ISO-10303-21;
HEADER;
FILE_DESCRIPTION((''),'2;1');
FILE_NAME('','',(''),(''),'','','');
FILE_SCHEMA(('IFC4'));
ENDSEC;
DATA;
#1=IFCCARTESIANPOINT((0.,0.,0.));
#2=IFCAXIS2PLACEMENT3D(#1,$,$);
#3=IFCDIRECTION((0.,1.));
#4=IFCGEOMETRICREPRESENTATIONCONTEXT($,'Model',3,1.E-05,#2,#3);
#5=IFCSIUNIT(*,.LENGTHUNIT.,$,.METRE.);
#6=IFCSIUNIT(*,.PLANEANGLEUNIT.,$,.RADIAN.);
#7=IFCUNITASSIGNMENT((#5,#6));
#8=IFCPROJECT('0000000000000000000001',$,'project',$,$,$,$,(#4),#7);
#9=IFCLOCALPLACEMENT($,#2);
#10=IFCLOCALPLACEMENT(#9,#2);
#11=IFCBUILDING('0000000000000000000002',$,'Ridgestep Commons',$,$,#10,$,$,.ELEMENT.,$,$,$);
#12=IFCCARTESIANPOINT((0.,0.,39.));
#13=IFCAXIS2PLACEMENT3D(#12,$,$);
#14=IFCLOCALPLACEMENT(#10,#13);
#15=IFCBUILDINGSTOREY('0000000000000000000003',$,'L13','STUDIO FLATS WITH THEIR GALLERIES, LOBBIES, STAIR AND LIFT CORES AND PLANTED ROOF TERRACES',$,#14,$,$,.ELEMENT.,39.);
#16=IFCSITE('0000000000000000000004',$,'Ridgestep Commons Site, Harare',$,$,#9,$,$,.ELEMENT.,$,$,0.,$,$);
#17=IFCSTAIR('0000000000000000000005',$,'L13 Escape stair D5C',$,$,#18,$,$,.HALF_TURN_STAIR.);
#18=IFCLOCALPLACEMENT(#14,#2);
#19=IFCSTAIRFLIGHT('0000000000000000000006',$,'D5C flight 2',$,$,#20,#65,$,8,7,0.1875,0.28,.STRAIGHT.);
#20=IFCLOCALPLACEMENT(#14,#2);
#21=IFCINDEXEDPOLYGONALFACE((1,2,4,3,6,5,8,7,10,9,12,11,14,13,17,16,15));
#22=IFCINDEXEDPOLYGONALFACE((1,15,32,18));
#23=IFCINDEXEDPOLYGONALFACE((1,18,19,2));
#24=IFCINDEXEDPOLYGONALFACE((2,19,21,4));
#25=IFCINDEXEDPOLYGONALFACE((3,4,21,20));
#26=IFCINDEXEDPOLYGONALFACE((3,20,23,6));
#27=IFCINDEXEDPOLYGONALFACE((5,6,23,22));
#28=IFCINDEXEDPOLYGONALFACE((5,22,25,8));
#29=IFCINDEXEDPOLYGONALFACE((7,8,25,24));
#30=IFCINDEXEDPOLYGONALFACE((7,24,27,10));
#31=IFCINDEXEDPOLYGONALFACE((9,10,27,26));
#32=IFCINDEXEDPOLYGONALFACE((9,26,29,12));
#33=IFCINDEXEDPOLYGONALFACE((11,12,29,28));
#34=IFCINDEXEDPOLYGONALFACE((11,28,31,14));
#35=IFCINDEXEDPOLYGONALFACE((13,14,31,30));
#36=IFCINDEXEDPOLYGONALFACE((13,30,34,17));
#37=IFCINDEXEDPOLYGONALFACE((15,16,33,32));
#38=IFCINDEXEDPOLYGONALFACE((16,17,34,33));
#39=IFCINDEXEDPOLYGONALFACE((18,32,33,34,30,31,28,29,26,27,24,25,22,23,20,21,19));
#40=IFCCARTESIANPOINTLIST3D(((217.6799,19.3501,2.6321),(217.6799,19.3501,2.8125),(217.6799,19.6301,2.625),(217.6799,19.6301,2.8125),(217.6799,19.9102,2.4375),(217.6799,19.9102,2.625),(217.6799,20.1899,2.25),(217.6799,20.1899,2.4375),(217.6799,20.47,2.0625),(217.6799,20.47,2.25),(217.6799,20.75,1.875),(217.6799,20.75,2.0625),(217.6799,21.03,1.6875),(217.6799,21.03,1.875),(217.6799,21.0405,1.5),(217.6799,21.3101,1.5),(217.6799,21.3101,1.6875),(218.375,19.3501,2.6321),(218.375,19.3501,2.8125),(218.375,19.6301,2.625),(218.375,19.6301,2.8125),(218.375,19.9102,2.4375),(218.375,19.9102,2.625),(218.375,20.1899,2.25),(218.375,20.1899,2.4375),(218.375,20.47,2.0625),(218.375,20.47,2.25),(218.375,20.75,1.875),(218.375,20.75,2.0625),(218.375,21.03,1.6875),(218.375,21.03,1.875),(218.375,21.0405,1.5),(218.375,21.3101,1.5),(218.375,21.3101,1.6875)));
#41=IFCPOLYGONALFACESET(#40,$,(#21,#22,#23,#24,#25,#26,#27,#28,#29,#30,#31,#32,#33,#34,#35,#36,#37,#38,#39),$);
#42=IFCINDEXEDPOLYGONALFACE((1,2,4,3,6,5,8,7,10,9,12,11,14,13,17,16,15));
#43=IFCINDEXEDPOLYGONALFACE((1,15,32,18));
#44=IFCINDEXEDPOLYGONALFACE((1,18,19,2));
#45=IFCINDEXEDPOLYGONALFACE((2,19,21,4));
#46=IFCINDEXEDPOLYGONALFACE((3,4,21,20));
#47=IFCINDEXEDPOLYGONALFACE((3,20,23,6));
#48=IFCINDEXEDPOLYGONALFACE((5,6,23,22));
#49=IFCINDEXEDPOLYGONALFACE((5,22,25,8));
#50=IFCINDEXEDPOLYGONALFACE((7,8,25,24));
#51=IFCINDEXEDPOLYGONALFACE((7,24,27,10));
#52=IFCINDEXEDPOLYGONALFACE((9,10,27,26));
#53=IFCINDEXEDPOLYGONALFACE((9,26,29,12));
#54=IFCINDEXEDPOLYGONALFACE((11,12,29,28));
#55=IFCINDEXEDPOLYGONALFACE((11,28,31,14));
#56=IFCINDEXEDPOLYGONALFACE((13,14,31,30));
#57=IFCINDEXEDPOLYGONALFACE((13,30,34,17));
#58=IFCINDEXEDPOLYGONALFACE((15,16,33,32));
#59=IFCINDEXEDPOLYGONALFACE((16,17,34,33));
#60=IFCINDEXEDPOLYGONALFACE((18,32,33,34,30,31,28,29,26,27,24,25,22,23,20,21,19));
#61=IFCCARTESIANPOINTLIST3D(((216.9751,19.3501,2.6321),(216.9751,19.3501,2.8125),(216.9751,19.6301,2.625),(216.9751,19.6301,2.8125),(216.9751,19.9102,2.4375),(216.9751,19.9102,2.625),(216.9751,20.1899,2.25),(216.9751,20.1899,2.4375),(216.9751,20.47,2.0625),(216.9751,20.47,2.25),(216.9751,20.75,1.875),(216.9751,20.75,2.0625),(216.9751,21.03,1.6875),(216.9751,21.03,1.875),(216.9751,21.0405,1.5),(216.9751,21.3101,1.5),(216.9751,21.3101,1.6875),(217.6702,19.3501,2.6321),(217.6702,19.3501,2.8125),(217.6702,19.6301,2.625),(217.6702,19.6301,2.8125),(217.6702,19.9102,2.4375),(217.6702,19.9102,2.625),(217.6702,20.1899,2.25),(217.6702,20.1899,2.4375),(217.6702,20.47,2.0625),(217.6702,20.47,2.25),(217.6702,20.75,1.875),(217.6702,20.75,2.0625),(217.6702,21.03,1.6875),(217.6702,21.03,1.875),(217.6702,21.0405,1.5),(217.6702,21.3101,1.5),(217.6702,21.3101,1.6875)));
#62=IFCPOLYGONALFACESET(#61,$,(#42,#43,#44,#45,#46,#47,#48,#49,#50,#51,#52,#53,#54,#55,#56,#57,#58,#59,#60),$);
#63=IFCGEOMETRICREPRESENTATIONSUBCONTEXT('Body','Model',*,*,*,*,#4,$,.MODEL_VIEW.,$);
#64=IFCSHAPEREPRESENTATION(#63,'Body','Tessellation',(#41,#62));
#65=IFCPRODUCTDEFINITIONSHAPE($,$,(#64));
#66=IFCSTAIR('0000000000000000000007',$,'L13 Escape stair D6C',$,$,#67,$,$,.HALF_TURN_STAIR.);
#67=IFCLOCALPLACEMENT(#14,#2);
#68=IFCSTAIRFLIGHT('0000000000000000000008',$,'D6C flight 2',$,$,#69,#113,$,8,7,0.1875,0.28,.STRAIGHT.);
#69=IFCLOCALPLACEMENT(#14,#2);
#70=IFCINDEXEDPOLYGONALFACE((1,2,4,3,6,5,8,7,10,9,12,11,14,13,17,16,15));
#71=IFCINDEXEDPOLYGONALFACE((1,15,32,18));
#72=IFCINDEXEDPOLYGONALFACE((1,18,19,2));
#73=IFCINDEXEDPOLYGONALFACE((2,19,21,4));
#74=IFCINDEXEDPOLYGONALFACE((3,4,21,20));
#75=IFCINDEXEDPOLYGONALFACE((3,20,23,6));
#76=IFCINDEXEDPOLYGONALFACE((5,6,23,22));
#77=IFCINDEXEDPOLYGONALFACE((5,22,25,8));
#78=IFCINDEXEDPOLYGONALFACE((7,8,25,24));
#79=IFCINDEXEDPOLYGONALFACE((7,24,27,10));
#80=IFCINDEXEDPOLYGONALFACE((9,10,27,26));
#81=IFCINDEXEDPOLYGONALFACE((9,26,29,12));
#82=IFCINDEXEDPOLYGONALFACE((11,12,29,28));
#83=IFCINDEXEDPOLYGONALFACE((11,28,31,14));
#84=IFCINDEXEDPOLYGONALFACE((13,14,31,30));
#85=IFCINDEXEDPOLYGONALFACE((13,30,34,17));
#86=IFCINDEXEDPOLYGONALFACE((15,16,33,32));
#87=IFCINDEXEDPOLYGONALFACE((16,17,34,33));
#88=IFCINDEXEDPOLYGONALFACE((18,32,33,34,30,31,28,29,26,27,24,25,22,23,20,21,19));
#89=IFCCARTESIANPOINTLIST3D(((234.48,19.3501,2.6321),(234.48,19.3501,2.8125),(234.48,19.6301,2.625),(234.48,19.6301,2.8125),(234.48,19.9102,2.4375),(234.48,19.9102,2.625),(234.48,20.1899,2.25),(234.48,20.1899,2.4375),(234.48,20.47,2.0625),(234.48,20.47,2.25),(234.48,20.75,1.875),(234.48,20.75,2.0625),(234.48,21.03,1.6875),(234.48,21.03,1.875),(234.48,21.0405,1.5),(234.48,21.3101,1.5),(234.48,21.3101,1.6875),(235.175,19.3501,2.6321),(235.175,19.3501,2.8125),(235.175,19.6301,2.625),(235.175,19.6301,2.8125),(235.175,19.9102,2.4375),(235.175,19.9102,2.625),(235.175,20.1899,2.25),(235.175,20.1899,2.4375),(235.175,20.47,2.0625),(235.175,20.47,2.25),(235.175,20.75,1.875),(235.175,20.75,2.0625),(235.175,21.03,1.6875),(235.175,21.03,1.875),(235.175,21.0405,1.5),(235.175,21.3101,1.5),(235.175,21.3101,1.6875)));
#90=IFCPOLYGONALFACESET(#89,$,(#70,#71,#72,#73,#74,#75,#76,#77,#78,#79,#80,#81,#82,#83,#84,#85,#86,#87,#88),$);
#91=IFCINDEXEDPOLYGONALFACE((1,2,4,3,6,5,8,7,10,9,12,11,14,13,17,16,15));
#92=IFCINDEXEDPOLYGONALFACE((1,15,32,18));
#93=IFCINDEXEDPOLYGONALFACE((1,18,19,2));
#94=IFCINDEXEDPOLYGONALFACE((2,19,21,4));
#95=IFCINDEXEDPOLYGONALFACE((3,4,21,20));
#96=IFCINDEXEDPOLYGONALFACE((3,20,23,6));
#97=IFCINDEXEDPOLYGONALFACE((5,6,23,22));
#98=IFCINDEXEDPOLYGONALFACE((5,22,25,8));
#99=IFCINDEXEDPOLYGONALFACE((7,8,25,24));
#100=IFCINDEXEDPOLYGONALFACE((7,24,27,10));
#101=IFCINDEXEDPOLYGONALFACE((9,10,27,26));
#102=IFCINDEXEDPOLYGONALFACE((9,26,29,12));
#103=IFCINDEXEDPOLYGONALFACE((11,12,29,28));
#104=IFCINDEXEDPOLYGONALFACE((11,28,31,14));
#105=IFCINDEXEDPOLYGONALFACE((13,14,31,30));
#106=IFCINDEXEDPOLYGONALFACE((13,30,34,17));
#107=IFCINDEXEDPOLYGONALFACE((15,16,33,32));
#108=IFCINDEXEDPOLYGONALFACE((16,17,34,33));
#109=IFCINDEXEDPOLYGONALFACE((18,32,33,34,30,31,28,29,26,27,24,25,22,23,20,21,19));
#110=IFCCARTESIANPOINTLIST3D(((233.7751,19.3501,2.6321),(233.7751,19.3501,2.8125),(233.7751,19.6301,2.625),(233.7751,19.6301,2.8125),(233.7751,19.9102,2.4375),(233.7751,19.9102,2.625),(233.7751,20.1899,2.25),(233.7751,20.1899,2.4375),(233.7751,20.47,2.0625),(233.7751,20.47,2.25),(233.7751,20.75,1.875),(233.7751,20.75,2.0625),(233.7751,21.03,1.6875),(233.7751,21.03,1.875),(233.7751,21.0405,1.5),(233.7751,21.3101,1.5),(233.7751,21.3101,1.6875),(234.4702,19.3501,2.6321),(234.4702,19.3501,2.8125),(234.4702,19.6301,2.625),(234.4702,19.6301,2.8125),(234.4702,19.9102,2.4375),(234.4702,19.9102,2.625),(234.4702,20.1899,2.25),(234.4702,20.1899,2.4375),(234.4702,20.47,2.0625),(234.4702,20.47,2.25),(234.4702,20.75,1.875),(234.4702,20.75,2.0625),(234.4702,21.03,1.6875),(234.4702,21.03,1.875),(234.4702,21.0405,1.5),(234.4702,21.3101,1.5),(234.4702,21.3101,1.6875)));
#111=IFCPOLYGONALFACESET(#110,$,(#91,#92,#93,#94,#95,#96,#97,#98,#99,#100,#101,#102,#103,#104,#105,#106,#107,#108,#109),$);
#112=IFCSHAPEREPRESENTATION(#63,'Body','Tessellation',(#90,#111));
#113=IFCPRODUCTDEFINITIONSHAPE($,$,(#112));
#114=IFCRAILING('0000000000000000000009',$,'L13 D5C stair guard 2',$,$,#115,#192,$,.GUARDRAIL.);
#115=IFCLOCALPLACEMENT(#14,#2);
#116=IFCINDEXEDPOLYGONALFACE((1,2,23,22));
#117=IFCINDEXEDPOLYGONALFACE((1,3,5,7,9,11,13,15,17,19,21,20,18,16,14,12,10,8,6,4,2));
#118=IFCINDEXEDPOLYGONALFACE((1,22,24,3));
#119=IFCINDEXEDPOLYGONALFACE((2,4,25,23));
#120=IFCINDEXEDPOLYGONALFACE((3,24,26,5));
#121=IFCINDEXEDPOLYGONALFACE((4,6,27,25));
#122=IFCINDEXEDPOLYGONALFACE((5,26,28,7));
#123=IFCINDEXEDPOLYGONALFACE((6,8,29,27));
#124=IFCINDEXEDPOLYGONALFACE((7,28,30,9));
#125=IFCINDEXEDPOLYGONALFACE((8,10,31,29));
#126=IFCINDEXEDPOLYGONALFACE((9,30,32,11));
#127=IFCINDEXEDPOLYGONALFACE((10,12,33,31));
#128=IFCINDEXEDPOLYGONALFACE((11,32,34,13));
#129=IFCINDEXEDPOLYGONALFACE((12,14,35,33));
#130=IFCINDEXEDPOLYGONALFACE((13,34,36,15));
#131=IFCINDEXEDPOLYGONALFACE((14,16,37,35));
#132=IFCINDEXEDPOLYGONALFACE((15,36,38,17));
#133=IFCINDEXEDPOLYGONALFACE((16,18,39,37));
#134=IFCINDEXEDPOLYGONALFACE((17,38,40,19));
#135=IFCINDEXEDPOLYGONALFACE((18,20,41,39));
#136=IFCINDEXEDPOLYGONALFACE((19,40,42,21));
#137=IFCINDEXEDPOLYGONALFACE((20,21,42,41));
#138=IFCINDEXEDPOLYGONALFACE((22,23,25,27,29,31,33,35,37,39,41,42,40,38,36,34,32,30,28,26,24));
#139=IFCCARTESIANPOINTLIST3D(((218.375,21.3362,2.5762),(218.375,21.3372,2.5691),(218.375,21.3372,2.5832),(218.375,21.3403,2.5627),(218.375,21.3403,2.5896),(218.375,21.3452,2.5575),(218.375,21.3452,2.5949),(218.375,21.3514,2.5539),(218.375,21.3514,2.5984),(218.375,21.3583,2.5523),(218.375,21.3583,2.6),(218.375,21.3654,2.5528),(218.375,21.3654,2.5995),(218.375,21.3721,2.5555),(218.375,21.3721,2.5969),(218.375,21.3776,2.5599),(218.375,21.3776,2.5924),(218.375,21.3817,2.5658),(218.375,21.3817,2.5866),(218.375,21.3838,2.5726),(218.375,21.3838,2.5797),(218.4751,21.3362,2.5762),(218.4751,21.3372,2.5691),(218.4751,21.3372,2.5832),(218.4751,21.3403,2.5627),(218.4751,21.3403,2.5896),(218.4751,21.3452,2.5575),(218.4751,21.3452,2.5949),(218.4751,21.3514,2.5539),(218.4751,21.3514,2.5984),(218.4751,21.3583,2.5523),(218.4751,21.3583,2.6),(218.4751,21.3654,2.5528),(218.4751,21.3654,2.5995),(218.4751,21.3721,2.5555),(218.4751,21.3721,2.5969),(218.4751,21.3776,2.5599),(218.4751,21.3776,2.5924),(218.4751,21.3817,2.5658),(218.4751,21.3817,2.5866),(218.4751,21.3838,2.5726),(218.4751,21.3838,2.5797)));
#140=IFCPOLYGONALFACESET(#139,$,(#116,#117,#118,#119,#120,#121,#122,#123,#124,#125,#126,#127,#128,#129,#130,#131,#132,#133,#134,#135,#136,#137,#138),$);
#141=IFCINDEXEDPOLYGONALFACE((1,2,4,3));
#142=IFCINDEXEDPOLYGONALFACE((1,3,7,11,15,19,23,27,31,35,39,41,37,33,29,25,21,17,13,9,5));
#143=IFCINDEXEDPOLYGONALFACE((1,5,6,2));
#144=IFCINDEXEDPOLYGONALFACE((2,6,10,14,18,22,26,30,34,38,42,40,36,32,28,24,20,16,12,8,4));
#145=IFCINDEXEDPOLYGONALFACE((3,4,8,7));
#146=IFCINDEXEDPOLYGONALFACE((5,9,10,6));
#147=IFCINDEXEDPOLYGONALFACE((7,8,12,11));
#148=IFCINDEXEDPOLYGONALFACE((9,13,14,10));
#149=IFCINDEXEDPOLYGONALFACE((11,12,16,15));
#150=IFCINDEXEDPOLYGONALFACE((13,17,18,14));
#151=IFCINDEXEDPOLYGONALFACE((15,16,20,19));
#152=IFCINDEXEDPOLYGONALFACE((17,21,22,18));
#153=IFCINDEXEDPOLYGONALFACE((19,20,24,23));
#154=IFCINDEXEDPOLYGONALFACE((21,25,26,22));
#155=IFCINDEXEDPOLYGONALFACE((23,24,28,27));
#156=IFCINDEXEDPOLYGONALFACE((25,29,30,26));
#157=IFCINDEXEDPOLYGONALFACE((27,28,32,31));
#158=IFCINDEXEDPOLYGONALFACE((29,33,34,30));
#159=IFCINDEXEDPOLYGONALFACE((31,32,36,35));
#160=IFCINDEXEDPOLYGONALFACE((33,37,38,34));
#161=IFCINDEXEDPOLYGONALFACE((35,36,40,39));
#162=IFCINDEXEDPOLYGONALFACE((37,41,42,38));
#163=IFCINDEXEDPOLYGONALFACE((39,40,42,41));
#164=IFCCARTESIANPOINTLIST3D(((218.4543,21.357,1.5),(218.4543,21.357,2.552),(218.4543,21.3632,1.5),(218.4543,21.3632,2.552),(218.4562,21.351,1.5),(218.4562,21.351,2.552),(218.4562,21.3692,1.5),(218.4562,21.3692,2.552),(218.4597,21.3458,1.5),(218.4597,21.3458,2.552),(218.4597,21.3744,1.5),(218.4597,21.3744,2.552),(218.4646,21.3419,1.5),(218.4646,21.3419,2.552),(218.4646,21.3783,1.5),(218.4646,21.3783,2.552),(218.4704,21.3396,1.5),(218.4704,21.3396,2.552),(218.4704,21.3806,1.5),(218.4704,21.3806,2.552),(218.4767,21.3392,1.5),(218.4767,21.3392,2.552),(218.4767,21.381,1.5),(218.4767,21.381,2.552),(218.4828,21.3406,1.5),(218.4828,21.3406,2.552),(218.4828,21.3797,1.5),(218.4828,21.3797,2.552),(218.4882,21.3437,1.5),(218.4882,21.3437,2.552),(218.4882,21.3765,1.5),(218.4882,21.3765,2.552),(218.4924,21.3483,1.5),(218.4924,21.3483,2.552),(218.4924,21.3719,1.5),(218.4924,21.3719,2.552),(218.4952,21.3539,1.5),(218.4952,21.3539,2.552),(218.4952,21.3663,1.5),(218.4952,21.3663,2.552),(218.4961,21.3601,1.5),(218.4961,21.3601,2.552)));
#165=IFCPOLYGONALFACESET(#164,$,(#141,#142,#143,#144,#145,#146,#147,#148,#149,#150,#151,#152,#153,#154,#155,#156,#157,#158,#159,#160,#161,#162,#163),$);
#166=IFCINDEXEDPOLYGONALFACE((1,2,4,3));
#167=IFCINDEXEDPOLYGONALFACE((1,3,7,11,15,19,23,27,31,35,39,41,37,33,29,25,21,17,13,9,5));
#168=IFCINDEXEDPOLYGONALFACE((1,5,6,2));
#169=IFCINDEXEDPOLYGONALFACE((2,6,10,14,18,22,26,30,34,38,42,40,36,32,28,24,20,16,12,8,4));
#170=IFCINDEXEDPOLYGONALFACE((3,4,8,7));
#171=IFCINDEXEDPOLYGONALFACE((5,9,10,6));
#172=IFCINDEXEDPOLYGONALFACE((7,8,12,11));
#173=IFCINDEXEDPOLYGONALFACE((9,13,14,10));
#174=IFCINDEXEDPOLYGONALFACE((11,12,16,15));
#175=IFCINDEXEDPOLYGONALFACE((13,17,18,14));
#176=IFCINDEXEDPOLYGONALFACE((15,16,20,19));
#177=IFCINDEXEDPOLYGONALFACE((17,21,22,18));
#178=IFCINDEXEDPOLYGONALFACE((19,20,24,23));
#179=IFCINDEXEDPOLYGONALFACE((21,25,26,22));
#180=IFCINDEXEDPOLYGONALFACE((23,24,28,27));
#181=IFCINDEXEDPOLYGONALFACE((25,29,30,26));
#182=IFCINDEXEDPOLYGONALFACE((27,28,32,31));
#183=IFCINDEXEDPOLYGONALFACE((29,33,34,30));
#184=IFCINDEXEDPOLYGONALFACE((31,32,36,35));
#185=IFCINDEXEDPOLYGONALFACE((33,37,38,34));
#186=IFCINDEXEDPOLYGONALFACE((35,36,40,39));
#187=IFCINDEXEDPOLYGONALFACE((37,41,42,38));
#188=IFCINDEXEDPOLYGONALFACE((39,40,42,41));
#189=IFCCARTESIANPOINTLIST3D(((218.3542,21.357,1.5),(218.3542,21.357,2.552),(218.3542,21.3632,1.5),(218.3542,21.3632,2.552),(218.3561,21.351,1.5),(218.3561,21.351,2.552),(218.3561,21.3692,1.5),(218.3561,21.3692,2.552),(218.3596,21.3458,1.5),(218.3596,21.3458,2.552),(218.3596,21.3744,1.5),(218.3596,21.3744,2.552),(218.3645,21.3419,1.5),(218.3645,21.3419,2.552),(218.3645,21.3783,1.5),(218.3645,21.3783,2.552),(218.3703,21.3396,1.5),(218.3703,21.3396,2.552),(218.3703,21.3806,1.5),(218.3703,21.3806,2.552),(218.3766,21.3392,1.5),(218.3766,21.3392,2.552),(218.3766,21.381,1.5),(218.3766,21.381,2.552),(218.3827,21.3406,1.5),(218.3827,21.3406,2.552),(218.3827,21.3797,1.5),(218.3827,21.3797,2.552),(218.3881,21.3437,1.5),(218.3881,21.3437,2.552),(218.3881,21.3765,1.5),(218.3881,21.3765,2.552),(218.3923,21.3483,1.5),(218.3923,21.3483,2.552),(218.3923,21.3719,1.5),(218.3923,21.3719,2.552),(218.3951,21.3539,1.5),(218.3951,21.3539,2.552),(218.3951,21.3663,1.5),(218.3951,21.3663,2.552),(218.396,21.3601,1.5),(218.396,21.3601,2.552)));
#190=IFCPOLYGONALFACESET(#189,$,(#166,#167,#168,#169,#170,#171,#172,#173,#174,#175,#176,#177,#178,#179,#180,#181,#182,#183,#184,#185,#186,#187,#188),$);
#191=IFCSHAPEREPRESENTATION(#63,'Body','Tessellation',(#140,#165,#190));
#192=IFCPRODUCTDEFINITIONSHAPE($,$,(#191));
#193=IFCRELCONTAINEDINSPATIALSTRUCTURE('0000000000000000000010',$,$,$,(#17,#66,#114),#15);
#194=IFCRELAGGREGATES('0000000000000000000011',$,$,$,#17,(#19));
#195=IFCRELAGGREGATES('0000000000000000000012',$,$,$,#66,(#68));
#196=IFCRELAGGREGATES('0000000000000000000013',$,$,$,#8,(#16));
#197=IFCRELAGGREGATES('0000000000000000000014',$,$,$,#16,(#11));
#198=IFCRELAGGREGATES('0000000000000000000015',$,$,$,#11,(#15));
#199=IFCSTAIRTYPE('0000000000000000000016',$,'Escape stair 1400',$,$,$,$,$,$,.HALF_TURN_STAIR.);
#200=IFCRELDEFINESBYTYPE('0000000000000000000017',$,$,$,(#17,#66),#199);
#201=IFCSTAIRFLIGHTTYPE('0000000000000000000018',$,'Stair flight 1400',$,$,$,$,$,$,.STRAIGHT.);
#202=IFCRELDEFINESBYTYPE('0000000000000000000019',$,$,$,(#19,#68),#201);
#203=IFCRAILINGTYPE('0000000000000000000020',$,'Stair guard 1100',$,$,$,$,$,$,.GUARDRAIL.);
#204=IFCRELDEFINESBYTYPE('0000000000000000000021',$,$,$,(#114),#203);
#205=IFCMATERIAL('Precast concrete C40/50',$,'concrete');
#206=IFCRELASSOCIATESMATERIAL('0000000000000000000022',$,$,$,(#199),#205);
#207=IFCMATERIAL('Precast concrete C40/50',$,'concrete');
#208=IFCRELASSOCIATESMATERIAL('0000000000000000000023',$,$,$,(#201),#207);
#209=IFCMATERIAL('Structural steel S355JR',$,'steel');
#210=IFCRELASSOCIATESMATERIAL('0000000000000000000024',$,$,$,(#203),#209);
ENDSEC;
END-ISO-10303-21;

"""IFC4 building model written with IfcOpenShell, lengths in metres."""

from ifc_helpers import new_model, si_unit, direction, frame, origin, origin_2d, place, context, subcontext, project, spatial, polyline, circle, outline, extrude, material, type_object, element, aggregate, save


model = new_model("IFC4")

# Units and contexts
model_context = context("Model", 3, precision=1e-05, world=origin(), true_north=direction((0.0, 1.0)))
body_context = subcontext(model_context, "Body", "Model", "MODEL_VIEW")
ifc_project = project(units=[si_unit("LENGTHUNIT", "METRE"), si_unit("PLANEANGLEUNIT", "RADIAN")], contexts=[model_context])

# Site, building, storey
site_placement = place(None, origin())
site = spatial("IfcSite", under=ifc_project, at=site_placement, Name="Ridgestep Commons Site, Harare", CompositionType="ELEMENT", RefElevation=0.0)
building_placement = place(site_placement, origin())
building = spatial("IfcBuilding", under=site, at=building_placement, Name="Ridgestep Commons", CompositionType="ELEMENT")
storey_placement = place(building_placement, frame((0.0, 0.0, 39.0)))
storey = spatial("IfcBuildingStorey", under=building, at=storey_placement, Name="L13", Description="STUDIO FLATS WITH THEIR GALLERIES, LOBBIES, STAIR AND LIFT CORES AND PLANTED ROOF TERRACES", CompositionType="ELEMENT", Elevation=39.0)

# Stairs, stair flights
ifc_material_1 = material(Name="Precast concrete C40/50", Category="concrete")
stair_type = type_object("IfcStairType", Name="Escape stair 1400", PredefinedType="HALF_TURN_STAIR", material=ifc_material_1)
stair_1_placement = place(storey_placement, origin())
stair_1 = element("IfcStair", 1, at=stair_1_placement, inside=storey, type_object=stair_type, Name="L13 Escape stair D5C", PredefinedType="HALF_TURN_STAIR")
ifc_material_2 = material(Name="Precast concrete C40/50", Category="concrete")
stair_flight_type = type_object("IfcStairFlightType", Name="Stair flight 1400", PredefinedType="STRAIGHT", material=ifc_material_2)
stair_flight_1_placement = place(storey_placement, frame((217.675, 21.3101, 1.5), z_axis=(0.0, 0.0, 1.0), x_axis=(0.0, -1.0, 0.0)))
stair_flight_1 = element("IfcStairFlight", 2, at=stair_flight_1_placement, type_object=stair_flight_type, Name="D5C flight 2", NumberOfRisers=8, NumberOfTreads=7, PredefinedType="STRAIGHT", RiserHeight=0.1875, TreadLength=0.28, context=body_context, shape_type="SweptSolid", body=[
    extrude(outline(polyline([(0.0, 0.0), (0.0, 0.1875), (0.28, 0.1875), (0.28, 0.375), (0.5601, 0.375), (0.5601, 0.5625), (0.8401, 0.5625), (0.8401, 0.75), (1.1201, 0.75), (1.1201, 0.9375), (1.3999, 0.9375), (1.3999, 1.125), (1.6799, 1.125), (1.6799, 1.3125), (1.96, 1.3125), (1.96, 1.5), (1.96, 1.1321), (0.2695, 0.0), (0.0, 0.0)])), frame((0.0, 0.7, 0.0), z_axis=(0.0, -1.0, 0.0), x_axis=(1.0, 0.0, 0.0)), (0.0, 0.0, 1.0), 0.6951),
    extrude(outline(polyline([(0.0, 0.0), (0.0, 0.1875), (0.28, 0.1875), (0.28, 0.375), (0.5601, 0.375), (0.5601, 0.5625), (0.8401, 0.5625), (0.8401, 0.75), (1.1201, 0.75), (1.1201, 0.9375), (1.3999, 0.9375), (1.3999, 1.125), (1.6799, 1.125), (1.6799, 1.3125), (1.96, 1.3125), (1.96, 1.5), (1.96, 1.1321), (0.2695, 0.0), (0.0, 0.0)])), frame((0.0, -0.0049, 0.0), z_axis=(0.0, -1.0, 0.0), x_axis=(1.0, 0.0, 0.0)), (0.0, 0.0, 1.0), 0.6951),
])
aggregate(stair_1, [stair_flight_1])
stair_2_placement = place(storey_placement, origin())
stair_2 = element("IfcStair", 3, at=stair_2_placement, inside=storey, type_object=stair_type, Name="L13 Escape stair D6C", PredefinedType="HALF_TURN_STAIR")
stair_flight_2_placement = place(storey_placement, frame((234.4751, 21.3101, 1.5), z_axis=(0.0, 0.0, 1.0), x_axis=(0.0, -1.0, 0.0)))
stair_flight_2 = element("IfcStairFlight", 4, at=stair_flight_2_placement, type_object=stair_flight_type, Name="D6C flight 2", NumberOfRisers=8, NumberOfTreads=7, PredefinedType="STRAIGHT", RiserHeight=0.1875, TreadLength=0.28, context=body_context, shape_type="SweptSolid", body=[
    extrude(outline(polyline([(0.0, 0.0), (0.0, 0.1875), (0.28, 0.1875), (0.28, 0.375), (0.5601, 0.375), (0.5601, 0.5625), (0.8401, 0.5625), (0.8401, 0.75), (1.1201, 0.75), (1.1201, 0.9375), (1.3999, 0.9375), (1.3999, 1.125), (1.6799, 1.125), (1.6799, 1.3125), (1.96, 1.3125), (1.96, 1.5), (1.96, 1.1321), (0.2695, 0.0), (0.0, 0.0)])), frame((0.0, 0.7, 0.0), z_axis=(0.0, -1.0, 0.0), x_axis=(1.0, 0.0, 0.0)), (0.0, 0.0, 1.0), 0.6951),
    extrude(outline(polyline([(0.0, 0.0), (0.0, 0.1875), (0.28, 0.1875), (0.28, 0.375), (0.5601, 0.375), (0.5601, 0.5625), (0.8401, 0.5625), (0.8401, 0.75), (1.1201, 0.75), (1.1201, 0.9375), (1.3999, 0.9375), (1.3999, 1.125), (1.6799, 1.125), (1.6799, 1.3125), (1.96, 1.3125), (1.96, 1.5), (1.96, 1.1321), (0.2695, 0.0), (0.0, 0.0)])), frame((0.0, -0.0049, 0.0), z_axis=(0.0, -1.0, 0.0), x_axis=(1.0, 0.0, 0.0)), (0.0, 0.0, 1.0), 0.6951),
])
aggregate(stair_2, [stair_flight_2])

# Railing
ifc_material_3 = material(Name="Structural steel S355JR", Category="steel")
railing_type_1 = type_object("IfcRailingType", Name="Stair guard 1100", PredefinedType="GUARDRAIL", material=ifc_material_3)
railing_1_placement = place(storey_placement, frame((218.4751, 21.3601, 1.5)))
element("IfcRailing", 5, at=railing_1_placement, inside=storey, type_object=railing_type_1, Name="L13 D5C stair guard 2", PredefinedType="GUARDRAIL", context=body_context, shape_type="SweptSolid", body=[
    extrude(circle(Radius=0.0239, at=origin_2d()), frame((0.0, 0.0, 1.0762), z_axis=(-1.0, 0.0, 0.0), x_axis=(0.0, -1.0, 0.0)), (0.0, 0.0, 1.0), 0.1001),
    extrude(circle(Radius=0.021, at=origin_2d()), origin(), (0.0, 0.0, 1.0), 1.052),
    extrude(circle(Radius=0.021, at=origin_2d()), frame((-0.1001, 0.0, 0.0)), (0.0, 0.0, 1.0), 1.052),
])

save(model, "model.ifc")
